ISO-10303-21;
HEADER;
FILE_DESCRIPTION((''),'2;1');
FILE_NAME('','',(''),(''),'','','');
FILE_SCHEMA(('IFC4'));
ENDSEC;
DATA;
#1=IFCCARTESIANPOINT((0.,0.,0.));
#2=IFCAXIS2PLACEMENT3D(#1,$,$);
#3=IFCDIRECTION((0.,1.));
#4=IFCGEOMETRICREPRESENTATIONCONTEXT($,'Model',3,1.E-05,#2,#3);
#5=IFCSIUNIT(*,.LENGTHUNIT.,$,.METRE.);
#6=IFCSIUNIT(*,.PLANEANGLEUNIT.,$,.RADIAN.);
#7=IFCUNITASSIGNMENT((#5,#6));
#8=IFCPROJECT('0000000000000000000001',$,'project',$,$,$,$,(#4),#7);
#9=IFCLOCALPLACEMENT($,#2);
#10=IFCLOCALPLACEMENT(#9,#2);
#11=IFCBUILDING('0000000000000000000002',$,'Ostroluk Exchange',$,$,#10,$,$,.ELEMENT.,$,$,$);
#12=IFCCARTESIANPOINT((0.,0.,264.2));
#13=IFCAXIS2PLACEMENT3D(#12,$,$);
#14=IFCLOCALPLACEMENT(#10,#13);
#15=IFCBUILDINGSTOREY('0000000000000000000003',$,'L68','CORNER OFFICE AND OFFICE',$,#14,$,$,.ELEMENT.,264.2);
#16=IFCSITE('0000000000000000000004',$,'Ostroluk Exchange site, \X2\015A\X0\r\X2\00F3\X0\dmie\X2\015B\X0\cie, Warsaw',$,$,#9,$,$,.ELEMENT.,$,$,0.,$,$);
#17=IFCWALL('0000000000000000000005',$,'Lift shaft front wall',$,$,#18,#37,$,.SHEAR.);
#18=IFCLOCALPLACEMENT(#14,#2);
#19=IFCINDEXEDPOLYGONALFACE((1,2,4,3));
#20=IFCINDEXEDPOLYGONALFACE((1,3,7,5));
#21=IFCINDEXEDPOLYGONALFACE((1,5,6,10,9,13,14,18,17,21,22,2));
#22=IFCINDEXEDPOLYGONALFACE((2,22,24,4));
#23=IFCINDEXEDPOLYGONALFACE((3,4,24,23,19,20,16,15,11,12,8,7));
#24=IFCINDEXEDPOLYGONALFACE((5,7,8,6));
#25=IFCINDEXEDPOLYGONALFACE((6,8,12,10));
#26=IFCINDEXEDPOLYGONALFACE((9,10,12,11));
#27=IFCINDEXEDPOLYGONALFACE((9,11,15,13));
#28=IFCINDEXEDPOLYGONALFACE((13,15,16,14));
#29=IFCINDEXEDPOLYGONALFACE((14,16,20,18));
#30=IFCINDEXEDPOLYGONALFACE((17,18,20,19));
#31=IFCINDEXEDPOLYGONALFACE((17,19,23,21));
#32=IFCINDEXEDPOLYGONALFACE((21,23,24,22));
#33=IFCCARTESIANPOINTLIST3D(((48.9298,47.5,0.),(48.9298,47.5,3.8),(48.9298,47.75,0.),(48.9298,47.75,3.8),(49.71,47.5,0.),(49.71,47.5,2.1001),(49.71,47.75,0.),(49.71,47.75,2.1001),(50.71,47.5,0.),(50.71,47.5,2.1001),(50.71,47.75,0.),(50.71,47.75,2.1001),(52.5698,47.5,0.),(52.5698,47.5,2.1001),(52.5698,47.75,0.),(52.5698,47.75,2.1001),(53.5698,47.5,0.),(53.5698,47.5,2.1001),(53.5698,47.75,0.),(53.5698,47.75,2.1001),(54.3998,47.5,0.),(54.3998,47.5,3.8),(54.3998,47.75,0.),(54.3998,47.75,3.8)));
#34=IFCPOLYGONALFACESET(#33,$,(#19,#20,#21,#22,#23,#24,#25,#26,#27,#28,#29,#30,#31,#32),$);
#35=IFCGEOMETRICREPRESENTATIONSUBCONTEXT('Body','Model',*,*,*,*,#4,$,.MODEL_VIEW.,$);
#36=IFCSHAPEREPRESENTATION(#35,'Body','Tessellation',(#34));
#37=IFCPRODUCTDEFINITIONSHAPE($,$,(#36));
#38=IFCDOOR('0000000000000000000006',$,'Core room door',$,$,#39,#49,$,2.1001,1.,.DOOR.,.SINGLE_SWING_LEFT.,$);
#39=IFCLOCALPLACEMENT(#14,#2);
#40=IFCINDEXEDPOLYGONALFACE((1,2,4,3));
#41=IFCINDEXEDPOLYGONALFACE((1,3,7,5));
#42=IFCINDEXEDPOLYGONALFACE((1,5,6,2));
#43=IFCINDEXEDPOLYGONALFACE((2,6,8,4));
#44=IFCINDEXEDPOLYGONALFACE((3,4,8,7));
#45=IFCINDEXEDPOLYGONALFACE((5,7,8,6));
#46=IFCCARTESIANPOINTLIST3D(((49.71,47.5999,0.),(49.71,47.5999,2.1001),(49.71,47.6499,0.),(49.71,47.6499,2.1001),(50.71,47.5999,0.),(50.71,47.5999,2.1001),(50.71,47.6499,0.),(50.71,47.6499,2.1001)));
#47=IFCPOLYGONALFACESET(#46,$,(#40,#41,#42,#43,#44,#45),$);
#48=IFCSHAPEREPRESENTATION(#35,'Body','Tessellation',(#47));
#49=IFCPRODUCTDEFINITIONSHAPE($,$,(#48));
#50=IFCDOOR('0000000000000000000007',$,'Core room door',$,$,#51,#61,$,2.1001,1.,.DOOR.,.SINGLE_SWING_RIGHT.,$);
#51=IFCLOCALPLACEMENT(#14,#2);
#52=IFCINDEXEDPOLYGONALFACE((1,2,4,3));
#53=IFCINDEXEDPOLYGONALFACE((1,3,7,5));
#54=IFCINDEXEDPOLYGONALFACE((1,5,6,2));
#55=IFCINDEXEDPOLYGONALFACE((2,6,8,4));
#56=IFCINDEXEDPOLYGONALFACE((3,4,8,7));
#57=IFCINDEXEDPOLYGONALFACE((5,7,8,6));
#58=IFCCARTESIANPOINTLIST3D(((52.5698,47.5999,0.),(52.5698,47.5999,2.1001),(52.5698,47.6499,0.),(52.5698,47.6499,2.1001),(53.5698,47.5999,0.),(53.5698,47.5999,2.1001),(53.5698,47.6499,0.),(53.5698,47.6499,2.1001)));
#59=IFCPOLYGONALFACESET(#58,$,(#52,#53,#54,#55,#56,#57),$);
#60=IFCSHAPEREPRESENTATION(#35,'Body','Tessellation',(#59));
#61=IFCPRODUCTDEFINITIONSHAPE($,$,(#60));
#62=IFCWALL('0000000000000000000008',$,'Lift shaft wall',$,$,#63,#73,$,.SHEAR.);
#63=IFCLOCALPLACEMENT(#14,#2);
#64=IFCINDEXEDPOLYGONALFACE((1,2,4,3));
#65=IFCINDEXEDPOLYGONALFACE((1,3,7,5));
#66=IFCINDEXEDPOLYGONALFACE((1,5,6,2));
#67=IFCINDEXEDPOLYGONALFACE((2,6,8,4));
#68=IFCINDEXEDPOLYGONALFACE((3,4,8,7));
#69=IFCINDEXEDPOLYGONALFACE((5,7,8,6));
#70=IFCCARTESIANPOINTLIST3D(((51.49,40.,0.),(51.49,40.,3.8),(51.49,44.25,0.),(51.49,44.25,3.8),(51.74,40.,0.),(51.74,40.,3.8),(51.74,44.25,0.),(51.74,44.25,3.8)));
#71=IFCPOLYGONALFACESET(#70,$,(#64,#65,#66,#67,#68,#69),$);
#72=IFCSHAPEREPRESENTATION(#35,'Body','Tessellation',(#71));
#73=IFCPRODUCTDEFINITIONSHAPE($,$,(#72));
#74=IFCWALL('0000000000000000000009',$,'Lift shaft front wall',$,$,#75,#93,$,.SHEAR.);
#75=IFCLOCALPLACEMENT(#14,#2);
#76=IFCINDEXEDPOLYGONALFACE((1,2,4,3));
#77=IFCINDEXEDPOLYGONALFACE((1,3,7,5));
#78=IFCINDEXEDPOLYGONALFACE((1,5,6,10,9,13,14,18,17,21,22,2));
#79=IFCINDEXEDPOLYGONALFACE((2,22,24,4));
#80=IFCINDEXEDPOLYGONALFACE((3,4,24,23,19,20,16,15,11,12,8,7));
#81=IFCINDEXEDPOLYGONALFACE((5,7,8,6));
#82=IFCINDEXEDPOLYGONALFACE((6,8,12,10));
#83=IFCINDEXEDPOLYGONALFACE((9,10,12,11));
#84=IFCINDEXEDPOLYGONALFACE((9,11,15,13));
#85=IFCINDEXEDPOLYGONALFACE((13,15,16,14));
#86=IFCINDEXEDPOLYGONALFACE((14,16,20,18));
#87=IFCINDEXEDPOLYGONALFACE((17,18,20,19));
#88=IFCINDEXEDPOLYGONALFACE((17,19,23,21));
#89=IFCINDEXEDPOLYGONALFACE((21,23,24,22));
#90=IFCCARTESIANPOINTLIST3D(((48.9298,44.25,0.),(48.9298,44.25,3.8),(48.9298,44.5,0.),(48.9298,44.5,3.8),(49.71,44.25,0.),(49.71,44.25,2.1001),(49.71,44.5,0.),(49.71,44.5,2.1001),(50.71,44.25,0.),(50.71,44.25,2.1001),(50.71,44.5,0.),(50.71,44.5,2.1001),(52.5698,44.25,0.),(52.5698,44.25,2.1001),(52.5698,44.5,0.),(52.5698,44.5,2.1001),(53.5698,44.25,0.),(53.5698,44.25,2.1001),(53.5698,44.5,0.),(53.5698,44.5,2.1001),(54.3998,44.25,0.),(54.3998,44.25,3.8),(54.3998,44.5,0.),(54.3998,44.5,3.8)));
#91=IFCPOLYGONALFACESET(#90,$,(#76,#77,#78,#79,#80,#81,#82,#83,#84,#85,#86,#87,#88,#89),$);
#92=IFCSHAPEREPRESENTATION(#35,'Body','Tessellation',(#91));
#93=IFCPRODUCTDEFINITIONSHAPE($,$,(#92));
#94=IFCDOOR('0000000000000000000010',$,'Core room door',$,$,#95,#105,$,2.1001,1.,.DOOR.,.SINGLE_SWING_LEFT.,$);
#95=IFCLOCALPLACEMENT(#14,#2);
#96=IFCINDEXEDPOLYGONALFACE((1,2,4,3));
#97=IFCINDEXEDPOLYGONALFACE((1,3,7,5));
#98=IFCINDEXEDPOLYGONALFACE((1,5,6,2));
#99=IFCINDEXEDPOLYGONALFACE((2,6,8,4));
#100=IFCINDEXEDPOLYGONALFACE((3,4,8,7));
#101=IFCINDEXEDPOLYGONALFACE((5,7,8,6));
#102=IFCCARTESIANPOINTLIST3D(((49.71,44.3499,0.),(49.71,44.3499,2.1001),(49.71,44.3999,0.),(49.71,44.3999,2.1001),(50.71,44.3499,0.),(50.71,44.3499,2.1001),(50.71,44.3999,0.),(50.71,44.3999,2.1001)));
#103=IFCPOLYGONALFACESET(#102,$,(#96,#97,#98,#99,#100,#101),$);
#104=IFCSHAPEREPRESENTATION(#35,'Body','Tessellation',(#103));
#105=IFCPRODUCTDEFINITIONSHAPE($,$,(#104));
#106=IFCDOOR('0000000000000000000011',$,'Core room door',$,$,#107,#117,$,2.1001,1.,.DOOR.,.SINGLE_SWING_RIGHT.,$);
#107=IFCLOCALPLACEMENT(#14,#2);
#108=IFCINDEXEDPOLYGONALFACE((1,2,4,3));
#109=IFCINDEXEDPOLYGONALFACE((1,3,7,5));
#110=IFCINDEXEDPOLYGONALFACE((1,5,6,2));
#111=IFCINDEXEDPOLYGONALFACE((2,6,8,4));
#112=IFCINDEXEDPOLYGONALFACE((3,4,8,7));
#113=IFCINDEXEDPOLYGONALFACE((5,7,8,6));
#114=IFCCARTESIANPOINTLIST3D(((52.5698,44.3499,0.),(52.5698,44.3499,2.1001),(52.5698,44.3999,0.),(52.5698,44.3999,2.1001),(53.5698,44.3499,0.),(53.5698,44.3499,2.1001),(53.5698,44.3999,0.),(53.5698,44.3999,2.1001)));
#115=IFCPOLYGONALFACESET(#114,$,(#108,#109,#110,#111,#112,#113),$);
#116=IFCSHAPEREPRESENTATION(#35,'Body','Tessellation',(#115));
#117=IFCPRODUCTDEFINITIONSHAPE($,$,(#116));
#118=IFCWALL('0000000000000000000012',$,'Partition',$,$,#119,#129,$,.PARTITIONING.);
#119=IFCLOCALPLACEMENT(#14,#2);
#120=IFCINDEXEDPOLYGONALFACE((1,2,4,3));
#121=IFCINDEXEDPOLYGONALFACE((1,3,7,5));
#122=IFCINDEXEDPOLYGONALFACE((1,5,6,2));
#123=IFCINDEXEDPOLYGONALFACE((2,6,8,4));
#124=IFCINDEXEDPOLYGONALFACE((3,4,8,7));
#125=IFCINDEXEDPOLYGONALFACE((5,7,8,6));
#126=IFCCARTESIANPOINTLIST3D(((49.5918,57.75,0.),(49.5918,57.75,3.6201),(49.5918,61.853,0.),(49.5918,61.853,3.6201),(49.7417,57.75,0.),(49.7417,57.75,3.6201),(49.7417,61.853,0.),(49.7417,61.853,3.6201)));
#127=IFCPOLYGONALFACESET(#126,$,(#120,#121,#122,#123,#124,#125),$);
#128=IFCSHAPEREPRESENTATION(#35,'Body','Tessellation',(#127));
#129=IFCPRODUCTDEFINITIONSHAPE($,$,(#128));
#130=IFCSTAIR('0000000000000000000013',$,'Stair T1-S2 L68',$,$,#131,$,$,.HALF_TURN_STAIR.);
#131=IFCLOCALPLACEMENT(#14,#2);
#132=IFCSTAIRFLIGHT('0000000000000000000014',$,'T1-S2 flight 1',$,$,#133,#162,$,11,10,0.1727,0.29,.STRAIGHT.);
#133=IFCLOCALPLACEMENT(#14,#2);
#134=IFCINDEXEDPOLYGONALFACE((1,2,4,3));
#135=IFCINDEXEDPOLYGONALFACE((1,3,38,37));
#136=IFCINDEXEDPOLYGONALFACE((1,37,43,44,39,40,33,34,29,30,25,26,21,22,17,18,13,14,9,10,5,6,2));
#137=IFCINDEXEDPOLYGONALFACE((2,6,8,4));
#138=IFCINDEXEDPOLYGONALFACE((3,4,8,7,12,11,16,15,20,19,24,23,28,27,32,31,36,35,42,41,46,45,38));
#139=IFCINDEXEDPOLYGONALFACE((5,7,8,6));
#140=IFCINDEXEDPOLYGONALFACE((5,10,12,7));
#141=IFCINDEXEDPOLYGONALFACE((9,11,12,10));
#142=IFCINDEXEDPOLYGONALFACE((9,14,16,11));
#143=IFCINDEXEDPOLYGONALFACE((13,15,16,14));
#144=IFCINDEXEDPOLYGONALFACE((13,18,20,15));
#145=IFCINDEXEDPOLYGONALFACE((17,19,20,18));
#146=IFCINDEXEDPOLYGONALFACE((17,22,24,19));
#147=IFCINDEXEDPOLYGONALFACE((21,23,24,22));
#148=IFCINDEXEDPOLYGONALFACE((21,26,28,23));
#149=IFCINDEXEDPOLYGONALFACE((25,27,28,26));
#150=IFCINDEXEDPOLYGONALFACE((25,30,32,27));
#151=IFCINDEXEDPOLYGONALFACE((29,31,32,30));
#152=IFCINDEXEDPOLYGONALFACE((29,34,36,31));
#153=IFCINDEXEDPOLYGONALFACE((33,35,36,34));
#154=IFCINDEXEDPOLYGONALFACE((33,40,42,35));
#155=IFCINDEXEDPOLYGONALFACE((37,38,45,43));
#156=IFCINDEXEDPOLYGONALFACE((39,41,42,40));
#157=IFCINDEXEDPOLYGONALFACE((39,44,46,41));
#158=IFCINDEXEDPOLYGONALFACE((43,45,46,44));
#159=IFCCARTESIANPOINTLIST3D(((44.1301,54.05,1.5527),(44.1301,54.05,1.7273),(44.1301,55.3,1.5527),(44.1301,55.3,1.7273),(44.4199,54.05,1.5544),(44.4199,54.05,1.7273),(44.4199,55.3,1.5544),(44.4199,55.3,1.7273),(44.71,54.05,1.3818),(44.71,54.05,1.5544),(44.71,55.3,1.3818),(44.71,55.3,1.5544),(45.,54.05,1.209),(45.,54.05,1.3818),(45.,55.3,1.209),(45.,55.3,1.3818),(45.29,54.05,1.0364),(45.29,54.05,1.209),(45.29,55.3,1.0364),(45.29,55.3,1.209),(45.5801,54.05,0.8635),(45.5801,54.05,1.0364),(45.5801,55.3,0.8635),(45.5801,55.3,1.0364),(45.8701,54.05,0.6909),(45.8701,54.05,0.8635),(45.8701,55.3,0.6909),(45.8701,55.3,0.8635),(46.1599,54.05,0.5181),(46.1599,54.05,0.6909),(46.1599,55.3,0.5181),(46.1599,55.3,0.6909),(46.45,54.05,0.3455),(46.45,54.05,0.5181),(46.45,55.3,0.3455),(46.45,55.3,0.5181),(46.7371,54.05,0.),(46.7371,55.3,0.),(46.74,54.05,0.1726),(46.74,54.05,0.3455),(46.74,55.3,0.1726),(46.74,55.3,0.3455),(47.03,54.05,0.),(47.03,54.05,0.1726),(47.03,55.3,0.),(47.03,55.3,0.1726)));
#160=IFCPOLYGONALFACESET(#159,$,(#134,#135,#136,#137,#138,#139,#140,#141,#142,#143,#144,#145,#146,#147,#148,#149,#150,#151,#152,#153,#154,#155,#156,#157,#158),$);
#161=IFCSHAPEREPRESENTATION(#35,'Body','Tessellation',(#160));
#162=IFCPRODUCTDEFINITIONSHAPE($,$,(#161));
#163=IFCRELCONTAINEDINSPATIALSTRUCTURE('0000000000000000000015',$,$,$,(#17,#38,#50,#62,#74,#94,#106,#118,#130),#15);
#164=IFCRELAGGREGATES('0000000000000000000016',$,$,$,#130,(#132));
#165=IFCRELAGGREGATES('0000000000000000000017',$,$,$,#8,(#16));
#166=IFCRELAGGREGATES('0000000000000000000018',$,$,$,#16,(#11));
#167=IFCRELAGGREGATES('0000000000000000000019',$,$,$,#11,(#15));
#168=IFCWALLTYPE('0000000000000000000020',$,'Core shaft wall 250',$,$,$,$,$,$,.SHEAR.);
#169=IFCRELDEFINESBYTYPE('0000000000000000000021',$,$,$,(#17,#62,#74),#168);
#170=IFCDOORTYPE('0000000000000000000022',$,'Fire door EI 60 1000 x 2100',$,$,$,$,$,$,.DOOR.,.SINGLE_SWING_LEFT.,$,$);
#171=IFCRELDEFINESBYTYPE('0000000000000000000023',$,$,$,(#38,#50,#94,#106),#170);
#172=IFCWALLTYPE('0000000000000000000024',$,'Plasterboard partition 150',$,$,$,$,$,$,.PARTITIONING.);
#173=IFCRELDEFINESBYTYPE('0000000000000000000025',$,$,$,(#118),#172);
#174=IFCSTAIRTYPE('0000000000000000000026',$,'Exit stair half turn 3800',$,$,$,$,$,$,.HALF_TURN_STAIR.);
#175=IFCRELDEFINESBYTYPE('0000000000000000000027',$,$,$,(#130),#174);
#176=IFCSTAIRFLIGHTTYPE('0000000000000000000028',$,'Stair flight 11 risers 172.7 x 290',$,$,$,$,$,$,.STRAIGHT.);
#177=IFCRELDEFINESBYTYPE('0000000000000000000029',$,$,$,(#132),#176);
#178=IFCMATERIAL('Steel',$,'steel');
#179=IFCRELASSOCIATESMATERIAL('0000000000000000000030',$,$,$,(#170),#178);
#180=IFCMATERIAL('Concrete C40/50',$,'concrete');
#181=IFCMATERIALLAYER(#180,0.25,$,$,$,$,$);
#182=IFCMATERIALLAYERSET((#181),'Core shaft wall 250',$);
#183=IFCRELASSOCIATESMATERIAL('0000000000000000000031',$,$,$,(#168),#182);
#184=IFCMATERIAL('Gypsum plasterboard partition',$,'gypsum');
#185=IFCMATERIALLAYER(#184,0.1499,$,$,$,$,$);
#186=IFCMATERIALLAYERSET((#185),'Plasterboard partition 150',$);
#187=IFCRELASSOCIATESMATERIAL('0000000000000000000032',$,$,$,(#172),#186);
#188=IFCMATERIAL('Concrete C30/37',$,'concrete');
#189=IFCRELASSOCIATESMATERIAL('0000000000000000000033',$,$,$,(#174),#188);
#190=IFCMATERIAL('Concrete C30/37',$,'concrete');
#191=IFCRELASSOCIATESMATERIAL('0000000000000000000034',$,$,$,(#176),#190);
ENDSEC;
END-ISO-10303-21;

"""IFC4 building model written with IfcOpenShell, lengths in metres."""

from ifc_helpers import new_model, si_unit, direction, frame, frame_2d, origin, place, context, subcontext, project, spatial, polyline, rectangle, outline, extrude, material, layer, layer_set, type_object, element, fill, aggregate, save


model = new_model("IFC4")

# Units and contexts
model_context = context("Model", 3, precision=1e-05, world=origin(), true_north=direction((0.0, 1.0)))
body_context = subcontext(model_context, "Body", "Model", "MODEL_VIEW")
ifc_project = project(units=[si_unit("LENGTHUNIT", "METRE"), si_unit("PLANEANGLEUNIT", "RADIAN")], contexts=[model_context])

# Site, building, storey
site_placement = place(None, origin())
site = spatial("IfcSite", under=ifc_project, at=site_placement, Name="Ostroluk Exchange site, Śródmieście, Warsaw", CompositionType="ELEMENT", RefElevation=0.0)
building_placement = place(site_placement, origin())
building = spatial("IfcBuilding", under=site, at=building_placement, Name="Ostroluk Exchange", CompositionType="ELEMENT")
storey_placement = place(building_placement, frame((0.0, 0.0, 264.2)))
storey = spatial("IfcBuildingStorey", under=building, at=storey_placement, Name="L68", Description="CORNER OFFICE AND OFFICE", CompositionType="ELEMENT", Elevation=264.2)

# Shared definitions
ifc_material_1 = material(Name="Steel", Category="steel")
door_type_1 = type_object("IfcDoorType", Name="Fire door EI 60 1000 x 2100", OperationType="SINGLE_SWING_LEFT", PredefinedType="DOOR", material=ifc_material_1)
ifc_material_2 = material(Name="Concrete C40/50", Category="concrete")
ifc_layer_1 = layer(ifc_material_2, 0.25)
ifc_layer_set_1 = layer_set([ifc_layer_1], Name="Core shaft wall 250")
wall_type_1 = type_object("IfcWallType", Name="Core shaft wall 250", PredefinedType="SHEAR", material=ifc_layer_set_1)

# Wall, openings, doors
wall_1_placement = place(storey_placement, frame((48.9299, 47.625, 0.0), z_axis=(0.0, 0.0, 1.0), x_axis=(1.0, 0.0, 0.0)))
wall_1 = element("IfcWall", 1, at=wall_1_placement, inside=storey, type_object=wall_type_1, Name="Lift shaft front wall", PredefinedType="SHEAR", context=body_context, shape_type="SweptSolid", body=[
    extrude(rectangle(XDim=5.47, YDim=0.25, at=frame_2d((2.7349, 0.0))), origin(), (0.0, 0.0, 1.0), 3.8),
])
opening_1_placement = place(wall_1_placement, frame((0.78, 0.0, 0.0)))
opening_1 = element("IfcOpeningElement", 2, at=opening_1_placement, cuts=wall_1, PredefinedType="OPENING", context=body_context, shape_type="SweptSolid", body=[
    extrude(rectangle(XDim=1.0, YDim=2.1001, at=frame_2d((0.5, 1.05))), frame((0.0, 0.135, 0.0), z_axis=(0.0, -1.0, 0.0), x_axis=(1.0, 0.0, 0.0)), (0.0, 0.0, 1.0), 0.27),
])
opening_2_placement = place(wall_1_placement, frame((3.6399, 0.0, 0.0)))
opening_2 = element("IfcOpeningElement", 3, at=opening_2_placement, cuts=wall_1, PredefinedType="OPENING", context=body_context, shape_type="SweptSolid", body=[
    extrude(rectangle(XDim=1.0, YDim=2.1001, at=frame_2d((0.5, 1.05))), frame((0.0, 0.135, 0.0), z_axis=(0.0, -1.0, 0.0), x_axis=(1.0, 0.0, 0.0)), (0.0, 0.0, 1.0), 0.27),
])
door_1_placement = place(opening_1_placement, origin())
door_1 = element("IfcDoor", 4, at=door_1_placement, inside=storey, type_object=door_type_1, Name="Core room door", OperationType="SINGLE_SWING_LEFT", OverallHeight=2.1001, OverallWidth=1.0, PredefinedType="DOOR", context=body_context, shape_type="SweptSolid", body=[
    extrude(rectangle(XDim=1.0, YDim=2.1001, at=frame_2d((0.5, 1.05))), frame((0.0, 0.0249, 0.0), z_axis=(0.0, -1.0, 0.0), x_axis=(1.0, 0.0, 0.0)), (0.0, 0.0, 1.0), 0.05),
])
fill(opening_1, door_1)
door_2_placement = place(opening_2_placement, origin())
door_2 = element("IfcDoor", 5, at=door_2_placement, inside=storey, type_object=door_type_1, Name="Core room door", OperationType="SINGLE_SWING_RIGHT", OverallHeight=2.1001, OverallWidth=1.0, PredefinedType="DOOR", context=body_context, shape_type="SweptSolid", body=[
    extrude(rectangle(XDim=1.0, YDim=2.1001, at=frame_2d((0.5, 1.05))), frame((0.0, 0.0249, 0.0), z_axis=(0.0, -1.0, 0.0), x_axis=(1.0, 0.0, 0.0)), (0.0, 0.0, 1.0), 0.05),
])
fill(opening_2, door_2)

# Wall
wall_2_placement = place(storey_placement, frame((51.615, 44.25, 0.0), z_axis=(0.0, 0.0, 1.0), x_axis=(0.0, -1.0, 0.0)))
element("IfcWall", 6, at=wall_2_placement, inside=storey, type_object=wall_type_1, Name="Lift shaft wall", PredefinedType="SHEAR", context=body_context, shape_type="SweptSolid", body=[
    extrude(rectangle(XDim=4.25, YDim=0.25, at=frame_2d((2.125, 0.0))), origin(), (0.0, 0.0, 1.0), 3.8),
])

# Wall, openings, doors
wall_3_placement = place(storey_placement, frame((48.9299, 44.375, 0.0), z_axis=(0.0, 0.0, 1.0), x_axis=(1.0, 0.0, 0.0)))
wall_3 = element("IfcWall", 7, at=wall_3_placement, inside=storey, type_object=wall_type_1, Name="Lift shaft front wall", PredefinedType="SHEAR", context=body_context, shape_type="SweptSolid", body=[
    extrude(rectangle(XDim=5.47, YDim=0.25, at=frame_2d((2.7349, 0.0))), origin(), (0.0, 0.0, 1.0), 3.8),
])
opening_3_placement = place(wall_3_placement, frame((0.78, 0.0, 0.0)))
opening_3 = element("IfcOpeningElement", 8, at=opening_3_placement, cuts=wall_3, PredefinedType="OPENING", context=body_context, shape_type="SweptSolid", body=[
    extrude(rectangle(XDim=1.0, YDim=2.1001, at=frame_2d((0.5, 1.05))), frame((0.0, 0.135, 0.0), z_axis=(0.0, -1.0, 0.0), x_axis=(1.0, 0.0, 0.0)), (0.0, 0.0, 1.0), 0.27),
])
opening_4_placement = place(wall_3_placement, frame((3.6399, 0.0, 0.0)))
opening_4 = element("IfcOpeningElement", 9, at=opening_4_placement, cuts=wall_3, PredefinedType="OPENING", context=body_context, shape_type="SweptSolid", body=[
    extrude(rectangle(XDim=1.0, YDim=2.1001, at=frame_2d((0.5, 1.05))), frame((0.0, 0.135, 0.0), z_axis=(0.0, -1.0, 0.0), x_axis=(1.0, 0.0, 0.0)), (0.0, 0.0, 1.0), 0.27),
])
door_3_placement = place(opening_3_placement, origin())
door_3 = element("IfcDoor", 10, at=door_3_placement, inside=storey, type_object=door_type_1, Name="Core room door", OperationType="SINGLE_SWING_LEFT", OverallHeight=2.1001, OverallWidth=1.0, PredefinedType="DOOR", context=body_context, shape_type="SweptSolid", body=[
    extrude(rectangle(XDim=1.0, YDim=2.1001, at=frame_2d((0.5, 1.05))), frame((0.0, 0.0249, 0.0), z_axis=(0.0, -1.0, 0.0), x_axis=(1.0, 0.0, 0.0)), (0.0, 0.0, 1.0), 0.05),
])
fill(opening_3, door_3)
door_4_placement = place(opening_4_placement, origin())
door_4 = element("IfcDoor", 11, at=door_4_placement, inside=storey, type_object=door_type_1, Name="Core room door", OperationType="SINGLE_SWING_RIGHT", OverallHeight=2.1001, OverallWidth=1.0, PredefinedType="DOOR", context=body_context, shape_type="SweptSolid", body=[
    extrude(rectangle(XDim=1.0, YDim=2.1001, at=frame_2d((0.5, 1.05))), frame((0.0, 0.0249, 0.0), z_axis=(0.0, -1.0, 0.0), x_axis=(1.0, 0.0, 0.0)), (0.0, 0.0, 1.0), 0.05),
])
fill(opening_4, door_4)

# Wall
ifc_material_3 = material(Name="Gypsum plasterboard partition", Category="gypsum")
ifc_layer_2 = layer(ifc_material_3, 0.1499)
ifc_layer_set_2 = layer_set([ifc_layer_2], Name="Plasterboard partition 150")
wall_type_2 = type_object("IfcWallType", Name="Plasterboard partition 150", PredefinedType="PARTITIONING", material=ifc_layer_set_2)
wall_4_placement = place(storey_placement, frame((49.6667, 57.75, 0.0), z_axis=(0.0, 0.0, 1.0), x_axis=(0.0, 1.0, 0.0)))
element("IfcWall", 12, at=wall_4_placement, inside=storey, type_object=wall_type_2, Name="Partition", PredefinedType="PARTITIONING", context=body_context, shape_type="SweptSolid", body=[
    extrude(rectangle(XDim=4.103, YDim=0.1499, at=frame_2d((2.0515, 0.0))), origin(), (0.0, 0.0, 1.0), 3.6201),
])

# Stair, stair flight
ifc_material_4 = material(Name="Concrete C30/37", Category="concrete")
stair_type = type_object("IfcStairType", Name="Exit stair half turn 3800", PredefinedType="HALF_TURN_STAIR", material=ifc_material_4)
stair_placement = place(storey_placement, origin())
stair = element("IfcStair", 13, at=stair_placement, inside=storey, type_object=stair_type, Name="Stair T1-S2 L68", PredefinedType="HALF_TURN_STAIR")
ifc_material_5 = material(Name="Concrete C30/37", Category="concrete")
stair_flight_type = type_object("IfcStairFlightType", Name="Stair flight 11 risers 172.7 x 290", PredefinedType="STRAIGHT", material=ifc_material_5)
stair_flight_placement = place(storey_placement, frame((47.03, 54.675, 0.0), z_axis=(0.0, 0.0, 1.0), x_axis=(-1.0, 0.0, 0.0)))
stair_flight = element("IfcStairFlight", 14, at=stair_flight_placement, type_object=stair_flight_type, Name="T1-S2 flight 1", NumberOfRisers=11, NumberOfTreads=10, PredefinedType="STRAIGHT", RiserHeight=0.1727, TreadLength=0.29, context=body_context, shape_type="SweptSolid", body=[
    extrude(outline(polyline([(0.0, 0.0), (0.0, 0.1726), (0.29, 0.1726), (0.29, 0.3455), (0.5801, 0.3455), (0.5801, 0.5181), (0.8701, 0.5181), (0.8701, 0.6909), (1.1599, 0.6909), (1.1599, 0.8635), (1.45, 0.8635), (1.45, 1.0364), (1.74, 1.0364), (1.74, 1.209), (2.03, 1.209), (2.03, 1.3818), (2.3201, 1.3818), (2.3201, 1.5544), (2.6101, 1.5544), (2.6101, 1.7273), (2.8999, 1.7273), (2.8999, 1.8999), (2.8999, 1.5527), (0.293, 0.0), (0.0, 0.0)])), frame((0.0, 0.625, 0.0), z_axis=(0.0, -1.0, 0.0), x_axis=(1.0, 0.0, 0.0)), (0.0, 0.0, 1.0), 1.25),
])
aggregate(stair, [stair_flight])

save(model, "model.ifc")
